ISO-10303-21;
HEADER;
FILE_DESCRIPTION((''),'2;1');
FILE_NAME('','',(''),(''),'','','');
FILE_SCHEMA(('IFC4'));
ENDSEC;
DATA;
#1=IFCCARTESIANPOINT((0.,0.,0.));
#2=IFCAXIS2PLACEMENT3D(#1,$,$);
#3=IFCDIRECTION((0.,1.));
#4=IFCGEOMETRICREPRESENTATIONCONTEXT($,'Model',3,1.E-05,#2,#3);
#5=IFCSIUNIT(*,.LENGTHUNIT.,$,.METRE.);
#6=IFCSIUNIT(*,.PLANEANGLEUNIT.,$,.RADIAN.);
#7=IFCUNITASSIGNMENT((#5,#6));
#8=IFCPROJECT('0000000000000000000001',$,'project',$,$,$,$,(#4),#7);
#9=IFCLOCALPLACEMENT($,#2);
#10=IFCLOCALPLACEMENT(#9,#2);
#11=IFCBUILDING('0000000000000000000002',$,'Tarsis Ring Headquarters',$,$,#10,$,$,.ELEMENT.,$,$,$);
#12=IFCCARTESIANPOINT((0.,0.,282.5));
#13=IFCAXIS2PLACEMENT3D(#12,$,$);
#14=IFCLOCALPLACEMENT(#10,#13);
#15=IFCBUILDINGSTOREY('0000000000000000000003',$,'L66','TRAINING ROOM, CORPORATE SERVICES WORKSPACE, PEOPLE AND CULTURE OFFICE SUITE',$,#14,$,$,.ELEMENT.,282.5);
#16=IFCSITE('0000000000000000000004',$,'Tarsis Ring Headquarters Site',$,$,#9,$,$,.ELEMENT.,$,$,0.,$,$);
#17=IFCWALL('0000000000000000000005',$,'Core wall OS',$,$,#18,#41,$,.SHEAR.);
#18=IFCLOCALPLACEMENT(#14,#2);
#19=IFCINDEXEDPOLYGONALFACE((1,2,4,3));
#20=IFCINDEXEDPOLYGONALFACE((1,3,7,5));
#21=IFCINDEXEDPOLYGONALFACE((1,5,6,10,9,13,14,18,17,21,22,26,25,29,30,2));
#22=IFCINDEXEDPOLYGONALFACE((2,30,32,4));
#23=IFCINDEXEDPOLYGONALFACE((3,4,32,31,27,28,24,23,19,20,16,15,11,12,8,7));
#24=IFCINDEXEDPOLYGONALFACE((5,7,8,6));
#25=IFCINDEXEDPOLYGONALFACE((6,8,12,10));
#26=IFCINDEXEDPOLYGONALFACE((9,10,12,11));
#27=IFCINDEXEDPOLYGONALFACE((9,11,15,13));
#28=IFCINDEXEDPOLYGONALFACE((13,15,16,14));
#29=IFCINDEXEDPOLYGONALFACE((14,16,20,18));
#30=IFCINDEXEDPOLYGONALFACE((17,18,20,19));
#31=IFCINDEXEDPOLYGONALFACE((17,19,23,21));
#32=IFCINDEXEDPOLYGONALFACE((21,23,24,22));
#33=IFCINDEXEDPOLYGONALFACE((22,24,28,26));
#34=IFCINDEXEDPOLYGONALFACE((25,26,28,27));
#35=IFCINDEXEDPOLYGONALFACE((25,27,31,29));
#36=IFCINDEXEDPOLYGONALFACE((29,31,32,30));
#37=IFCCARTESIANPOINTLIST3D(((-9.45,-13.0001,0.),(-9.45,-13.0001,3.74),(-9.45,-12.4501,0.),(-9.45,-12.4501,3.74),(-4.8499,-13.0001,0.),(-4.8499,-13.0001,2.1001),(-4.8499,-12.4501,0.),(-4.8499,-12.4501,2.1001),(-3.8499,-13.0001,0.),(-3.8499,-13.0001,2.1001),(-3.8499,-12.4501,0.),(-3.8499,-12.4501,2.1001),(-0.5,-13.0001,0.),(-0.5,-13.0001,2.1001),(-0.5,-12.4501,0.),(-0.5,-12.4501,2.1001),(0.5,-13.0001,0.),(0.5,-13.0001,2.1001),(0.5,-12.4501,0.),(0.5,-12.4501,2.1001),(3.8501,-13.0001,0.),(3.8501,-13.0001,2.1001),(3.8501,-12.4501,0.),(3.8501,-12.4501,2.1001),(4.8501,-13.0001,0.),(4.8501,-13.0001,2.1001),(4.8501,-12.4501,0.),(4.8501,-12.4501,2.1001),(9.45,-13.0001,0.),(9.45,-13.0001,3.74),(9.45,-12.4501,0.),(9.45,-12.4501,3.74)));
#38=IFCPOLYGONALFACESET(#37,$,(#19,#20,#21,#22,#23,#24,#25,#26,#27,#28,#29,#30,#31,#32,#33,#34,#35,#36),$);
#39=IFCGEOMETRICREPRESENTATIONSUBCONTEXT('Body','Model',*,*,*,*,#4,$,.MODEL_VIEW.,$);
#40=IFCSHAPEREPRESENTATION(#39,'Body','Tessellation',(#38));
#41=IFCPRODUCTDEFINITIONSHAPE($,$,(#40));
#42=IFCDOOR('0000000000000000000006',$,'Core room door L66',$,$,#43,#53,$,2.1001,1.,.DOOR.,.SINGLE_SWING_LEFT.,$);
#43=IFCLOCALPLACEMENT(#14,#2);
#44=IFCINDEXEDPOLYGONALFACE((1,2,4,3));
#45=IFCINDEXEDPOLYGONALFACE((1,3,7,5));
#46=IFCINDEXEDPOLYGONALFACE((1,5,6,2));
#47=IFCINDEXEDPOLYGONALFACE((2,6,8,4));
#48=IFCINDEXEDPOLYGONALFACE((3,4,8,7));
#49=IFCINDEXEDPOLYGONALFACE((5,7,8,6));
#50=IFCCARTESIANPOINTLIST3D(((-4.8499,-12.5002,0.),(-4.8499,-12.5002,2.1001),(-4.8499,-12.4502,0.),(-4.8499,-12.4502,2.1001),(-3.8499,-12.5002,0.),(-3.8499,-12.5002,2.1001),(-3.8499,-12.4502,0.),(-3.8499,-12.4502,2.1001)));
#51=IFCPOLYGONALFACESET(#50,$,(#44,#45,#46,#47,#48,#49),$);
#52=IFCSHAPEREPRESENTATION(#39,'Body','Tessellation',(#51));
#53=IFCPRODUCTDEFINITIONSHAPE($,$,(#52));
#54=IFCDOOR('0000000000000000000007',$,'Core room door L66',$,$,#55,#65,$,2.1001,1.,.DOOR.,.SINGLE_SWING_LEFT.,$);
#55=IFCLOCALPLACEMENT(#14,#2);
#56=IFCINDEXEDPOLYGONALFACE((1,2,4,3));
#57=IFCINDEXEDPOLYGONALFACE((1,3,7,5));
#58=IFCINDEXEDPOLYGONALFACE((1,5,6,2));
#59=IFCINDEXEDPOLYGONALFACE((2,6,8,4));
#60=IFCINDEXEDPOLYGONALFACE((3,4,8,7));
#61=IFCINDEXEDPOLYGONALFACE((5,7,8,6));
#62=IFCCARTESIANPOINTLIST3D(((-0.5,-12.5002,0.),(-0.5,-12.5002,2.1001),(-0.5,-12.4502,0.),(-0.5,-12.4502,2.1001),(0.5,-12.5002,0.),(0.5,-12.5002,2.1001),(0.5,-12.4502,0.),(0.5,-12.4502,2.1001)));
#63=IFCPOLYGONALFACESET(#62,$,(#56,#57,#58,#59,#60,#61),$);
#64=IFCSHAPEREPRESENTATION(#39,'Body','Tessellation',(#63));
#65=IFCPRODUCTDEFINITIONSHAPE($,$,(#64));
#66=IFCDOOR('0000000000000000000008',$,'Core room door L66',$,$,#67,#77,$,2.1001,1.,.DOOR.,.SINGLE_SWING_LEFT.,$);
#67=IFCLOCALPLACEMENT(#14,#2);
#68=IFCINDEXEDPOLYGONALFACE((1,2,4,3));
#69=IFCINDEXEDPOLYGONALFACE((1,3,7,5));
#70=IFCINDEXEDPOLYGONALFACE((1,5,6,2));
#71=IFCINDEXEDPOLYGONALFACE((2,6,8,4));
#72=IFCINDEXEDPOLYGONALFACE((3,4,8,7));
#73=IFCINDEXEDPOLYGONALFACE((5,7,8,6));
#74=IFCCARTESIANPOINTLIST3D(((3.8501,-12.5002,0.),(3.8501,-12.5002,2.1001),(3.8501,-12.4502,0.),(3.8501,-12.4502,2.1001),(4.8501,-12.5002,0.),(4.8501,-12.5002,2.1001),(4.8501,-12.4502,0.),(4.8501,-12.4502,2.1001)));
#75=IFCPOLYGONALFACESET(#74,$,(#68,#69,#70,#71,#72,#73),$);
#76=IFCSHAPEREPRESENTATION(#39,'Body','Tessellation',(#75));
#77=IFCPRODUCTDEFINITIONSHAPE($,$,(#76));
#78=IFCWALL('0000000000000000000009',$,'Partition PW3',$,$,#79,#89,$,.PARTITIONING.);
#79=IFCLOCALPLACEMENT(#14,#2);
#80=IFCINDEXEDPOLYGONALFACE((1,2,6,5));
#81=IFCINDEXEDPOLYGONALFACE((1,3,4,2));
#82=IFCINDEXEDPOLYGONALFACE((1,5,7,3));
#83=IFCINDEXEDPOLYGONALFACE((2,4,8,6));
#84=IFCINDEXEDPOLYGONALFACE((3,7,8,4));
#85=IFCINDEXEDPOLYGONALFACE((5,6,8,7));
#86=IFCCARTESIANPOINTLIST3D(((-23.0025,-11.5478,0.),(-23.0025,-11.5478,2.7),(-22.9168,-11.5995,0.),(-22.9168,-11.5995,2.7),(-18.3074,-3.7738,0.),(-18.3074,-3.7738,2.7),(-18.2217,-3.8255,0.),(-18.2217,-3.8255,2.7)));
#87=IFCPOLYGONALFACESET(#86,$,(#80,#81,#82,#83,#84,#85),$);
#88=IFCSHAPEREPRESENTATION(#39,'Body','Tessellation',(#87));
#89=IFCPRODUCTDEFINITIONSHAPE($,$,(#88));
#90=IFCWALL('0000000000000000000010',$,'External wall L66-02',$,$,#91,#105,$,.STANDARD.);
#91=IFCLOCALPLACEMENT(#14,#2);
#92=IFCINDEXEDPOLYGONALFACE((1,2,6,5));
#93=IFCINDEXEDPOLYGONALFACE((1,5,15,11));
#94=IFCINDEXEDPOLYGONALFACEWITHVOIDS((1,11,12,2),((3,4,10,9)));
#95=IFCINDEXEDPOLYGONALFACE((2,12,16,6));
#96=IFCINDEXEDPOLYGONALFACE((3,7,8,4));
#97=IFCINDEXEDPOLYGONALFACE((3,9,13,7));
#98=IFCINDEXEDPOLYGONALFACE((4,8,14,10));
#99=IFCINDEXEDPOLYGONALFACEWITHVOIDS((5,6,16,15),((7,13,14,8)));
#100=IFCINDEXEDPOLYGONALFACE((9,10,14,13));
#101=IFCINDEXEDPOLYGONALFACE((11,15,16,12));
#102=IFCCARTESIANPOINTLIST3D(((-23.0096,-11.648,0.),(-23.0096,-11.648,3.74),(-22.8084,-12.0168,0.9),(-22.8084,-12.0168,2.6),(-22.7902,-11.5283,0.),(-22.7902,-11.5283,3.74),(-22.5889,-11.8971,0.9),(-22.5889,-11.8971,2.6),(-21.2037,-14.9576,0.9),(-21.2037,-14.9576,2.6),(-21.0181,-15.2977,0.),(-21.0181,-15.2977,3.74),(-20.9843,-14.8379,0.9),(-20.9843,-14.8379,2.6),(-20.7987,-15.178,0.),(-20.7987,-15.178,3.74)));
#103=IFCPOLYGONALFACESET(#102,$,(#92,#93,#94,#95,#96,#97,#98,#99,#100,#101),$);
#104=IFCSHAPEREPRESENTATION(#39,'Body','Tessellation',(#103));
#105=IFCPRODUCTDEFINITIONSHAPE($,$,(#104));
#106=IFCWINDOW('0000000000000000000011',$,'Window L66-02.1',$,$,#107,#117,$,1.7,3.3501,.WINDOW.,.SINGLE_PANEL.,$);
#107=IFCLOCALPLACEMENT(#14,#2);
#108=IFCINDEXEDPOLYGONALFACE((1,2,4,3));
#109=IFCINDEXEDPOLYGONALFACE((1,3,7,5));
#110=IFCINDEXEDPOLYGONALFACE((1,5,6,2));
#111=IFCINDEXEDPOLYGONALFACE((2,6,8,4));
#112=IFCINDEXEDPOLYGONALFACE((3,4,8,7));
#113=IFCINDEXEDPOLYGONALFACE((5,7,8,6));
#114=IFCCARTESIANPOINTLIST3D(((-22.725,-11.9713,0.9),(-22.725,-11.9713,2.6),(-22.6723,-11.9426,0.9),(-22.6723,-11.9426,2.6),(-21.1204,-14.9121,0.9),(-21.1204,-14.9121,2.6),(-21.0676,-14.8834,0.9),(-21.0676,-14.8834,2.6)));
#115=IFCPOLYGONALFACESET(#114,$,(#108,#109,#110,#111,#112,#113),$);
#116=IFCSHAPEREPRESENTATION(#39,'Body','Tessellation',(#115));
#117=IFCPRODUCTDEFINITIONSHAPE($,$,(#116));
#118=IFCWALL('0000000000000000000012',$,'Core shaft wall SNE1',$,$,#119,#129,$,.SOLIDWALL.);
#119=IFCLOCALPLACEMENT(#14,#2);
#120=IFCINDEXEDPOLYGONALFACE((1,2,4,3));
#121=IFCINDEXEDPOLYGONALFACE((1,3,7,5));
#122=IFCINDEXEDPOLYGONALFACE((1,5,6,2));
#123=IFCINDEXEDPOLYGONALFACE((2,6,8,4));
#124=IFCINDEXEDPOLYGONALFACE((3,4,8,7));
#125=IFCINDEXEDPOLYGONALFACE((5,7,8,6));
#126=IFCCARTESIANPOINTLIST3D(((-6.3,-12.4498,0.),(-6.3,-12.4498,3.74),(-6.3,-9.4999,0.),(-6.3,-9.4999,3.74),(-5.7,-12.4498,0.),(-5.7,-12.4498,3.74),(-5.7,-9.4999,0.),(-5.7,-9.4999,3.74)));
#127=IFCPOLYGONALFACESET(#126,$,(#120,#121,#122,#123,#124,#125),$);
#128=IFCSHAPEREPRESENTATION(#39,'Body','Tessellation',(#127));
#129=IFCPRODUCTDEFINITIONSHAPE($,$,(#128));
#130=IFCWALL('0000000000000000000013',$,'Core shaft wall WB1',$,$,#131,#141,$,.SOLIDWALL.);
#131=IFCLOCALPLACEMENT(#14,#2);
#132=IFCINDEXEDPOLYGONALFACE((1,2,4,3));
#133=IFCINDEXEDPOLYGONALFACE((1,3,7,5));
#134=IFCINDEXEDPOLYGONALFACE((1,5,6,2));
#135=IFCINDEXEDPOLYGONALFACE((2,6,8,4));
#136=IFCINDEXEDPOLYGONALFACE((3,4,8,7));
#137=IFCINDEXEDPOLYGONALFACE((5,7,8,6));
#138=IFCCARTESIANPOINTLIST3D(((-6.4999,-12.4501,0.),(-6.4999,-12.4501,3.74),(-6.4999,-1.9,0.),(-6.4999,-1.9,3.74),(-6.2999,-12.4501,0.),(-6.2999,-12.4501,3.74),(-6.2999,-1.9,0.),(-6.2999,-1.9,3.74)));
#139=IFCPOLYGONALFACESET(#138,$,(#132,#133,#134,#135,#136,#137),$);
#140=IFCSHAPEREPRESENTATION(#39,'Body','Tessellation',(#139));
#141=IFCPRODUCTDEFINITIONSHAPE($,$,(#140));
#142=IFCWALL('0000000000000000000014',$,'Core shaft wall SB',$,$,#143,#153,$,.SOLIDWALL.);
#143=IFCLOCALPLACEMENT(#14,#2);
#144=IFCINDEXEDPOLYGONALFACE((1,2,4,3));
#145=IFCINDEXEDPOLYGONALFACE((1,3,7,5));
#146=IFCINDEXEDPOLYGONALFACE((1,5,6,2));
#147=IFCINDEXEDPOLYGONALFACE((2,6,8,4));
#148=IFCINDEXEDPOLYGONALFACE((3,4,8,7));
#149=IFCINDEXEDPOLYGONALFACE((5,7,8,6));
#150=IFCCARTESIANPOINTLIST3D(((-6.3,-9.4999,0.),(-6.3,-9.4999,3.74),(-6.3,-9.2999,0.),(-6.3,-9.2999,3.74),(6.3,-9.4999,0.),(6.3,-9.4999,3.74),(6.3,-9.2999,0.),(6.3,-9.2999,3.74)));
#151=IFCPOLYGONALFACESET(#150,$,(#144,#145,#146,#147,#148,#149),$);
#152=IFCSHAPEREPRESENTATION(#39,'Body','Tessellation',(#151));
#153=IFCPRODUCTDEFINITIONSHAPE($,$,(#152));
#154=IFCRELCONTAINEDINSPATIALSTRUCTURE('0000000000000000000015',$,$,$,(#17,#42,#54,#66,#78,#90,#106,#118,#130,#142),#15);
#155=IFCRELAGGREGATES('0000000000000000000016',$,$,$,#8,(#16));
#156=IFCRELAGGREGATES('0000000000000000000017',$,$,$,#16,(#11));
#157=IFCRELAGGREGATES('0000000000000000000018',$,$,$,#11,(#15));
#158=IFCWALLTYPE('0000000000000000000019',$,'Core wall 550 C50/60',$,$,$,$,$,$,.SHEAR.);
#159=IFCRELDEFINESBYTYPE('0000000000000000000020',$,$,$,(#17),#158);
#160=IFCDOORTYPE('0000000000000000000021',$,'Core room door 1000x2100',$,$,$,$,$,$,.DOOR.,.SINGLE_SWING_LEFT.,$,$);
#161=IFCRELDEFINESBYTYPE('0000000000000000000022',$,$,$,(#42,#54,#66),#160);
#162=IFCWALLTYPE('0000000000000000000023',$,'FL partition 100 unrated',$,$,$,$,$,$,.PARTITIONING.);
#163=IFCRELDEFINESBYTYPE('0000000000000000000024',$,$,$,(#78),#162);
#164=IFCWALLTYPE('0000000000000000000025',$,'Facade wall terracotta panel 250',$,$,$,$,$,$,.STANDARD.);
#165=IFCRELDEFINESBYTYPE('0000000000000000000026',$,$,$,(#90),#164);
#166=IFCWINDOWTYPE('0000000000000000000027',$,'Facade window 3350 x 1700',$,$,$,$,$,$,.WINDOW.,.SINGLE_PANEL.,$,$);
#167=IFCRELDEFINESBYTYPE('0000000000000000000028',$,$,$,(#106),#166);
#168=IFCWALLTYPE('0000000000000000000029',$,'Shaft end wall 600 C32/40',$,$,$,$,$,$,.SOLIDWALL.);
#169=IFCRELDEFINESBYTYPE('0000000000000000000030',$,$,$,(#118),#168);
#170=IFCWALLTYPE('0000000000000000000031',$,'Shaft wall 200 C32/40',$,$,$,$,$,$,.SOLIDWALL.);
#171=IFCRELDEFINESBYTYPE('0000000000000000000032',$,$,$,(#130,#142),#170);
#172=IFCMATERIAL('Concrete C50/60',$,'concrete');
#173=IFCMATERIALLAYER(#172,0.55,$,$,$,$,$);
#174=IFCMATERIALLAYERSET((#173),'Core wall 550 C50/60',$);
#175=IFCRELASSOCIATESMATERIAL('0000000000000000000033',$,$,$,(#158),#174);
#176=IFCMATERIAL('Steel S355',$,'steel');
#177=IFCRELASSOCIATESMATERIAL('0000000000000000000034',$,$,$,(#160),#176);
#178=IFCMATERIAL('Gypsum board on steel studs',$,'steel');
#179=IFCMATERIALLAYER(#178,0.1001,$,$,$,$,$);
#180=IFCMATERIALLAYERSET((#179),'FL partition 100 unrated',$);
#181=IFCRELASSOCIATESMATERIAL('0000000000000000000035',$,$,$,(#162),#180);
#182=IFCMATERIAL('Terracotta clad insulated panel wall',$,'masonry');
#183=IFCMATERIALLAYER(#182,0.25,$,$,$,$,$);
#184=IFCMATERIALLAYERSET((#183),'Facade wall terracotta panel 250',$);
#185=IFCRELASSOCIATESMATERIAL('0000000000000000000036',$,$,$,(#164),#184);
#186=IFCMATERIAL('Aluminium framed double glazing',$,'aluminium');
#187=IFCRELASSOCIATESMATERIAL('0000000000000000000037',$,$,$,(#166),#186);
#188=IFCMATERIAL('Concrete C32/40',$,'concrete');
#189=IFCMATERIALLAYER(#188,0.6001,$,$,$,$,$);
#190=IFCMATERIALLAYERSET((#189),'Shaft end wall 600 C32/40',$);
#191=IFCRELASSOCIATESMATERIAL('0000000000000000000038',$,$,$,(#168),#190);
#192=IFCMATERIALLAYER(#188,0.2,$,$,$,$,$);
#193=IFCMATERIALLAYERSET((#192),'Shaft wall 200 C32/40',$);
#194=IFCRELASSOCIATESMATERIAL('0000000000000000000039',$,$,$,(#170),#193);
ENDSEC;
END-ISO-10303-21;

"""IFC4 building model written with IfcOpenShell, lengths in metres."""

from ifc_helpers import new_model, si_unit, direction, frame, frame_2d, origin, place, context, subcontext, project, spatial, rectangle, extrude, material, layer, layer_set, type_object, element, fill, save


model = new_model("IFC4")

# Units and contexts
model_context = context("Model", 3, precision=1e-05, world=origin(), true_north=direction((0.0, 1.0)))
body_context = subcontext(model_context, "Body", "Model", "MODEL_VIEW")
ifc_project = project(units=[si_unit("LENGTHUNIT", "METRE"), si_unit("PLANEANGLEUNIT", "RADIAN")], contexts=[model_context])

# Site, building, storey
site_placement = place(None, origin())
site = spatial("IfcSite", under=ifc_project, at=site_placement, Name="Tarsis Ring Headquarters Site", CompositionType="ELEMENT", RefElevation=0.0)
building_placement = place(site_placement, origin())
building = spatial("IfcBuilding", under=site, at=building_placement, Name="Tarsis Ring Headquarters", CompositionType="ELEMENT")
storey_placement = place(building_placement, frame((0.0, 0.0, 282.5)))
storey = spatial("IfcBuildingStorey", under=building, at=storey_placement, Name="L66", Description="TRAINING ROOM, CORPORATE SERVICES WORKSPACE, PEOPLE AND CULTURE OFFICE SUITE", CompositionType="ELEMENT", Elevation=282.5)

# Wall, openings, doors
ifc_material_1 = material(Name="Concrete C50/60", Category="concrete")
ifc_layer_1 = layer(ifc_material_1, 0.55)
ifc_layer_set_1 = layer_set([ifc_layer_1], Name="Core wall 550 C50/60")
wall_type_1 = type_object("IfcWallType", Name="Core wall 550 C50/60", PredefinedType="SHEAR", material=ifc_layer_set_1)
ifc_material_2 = material(Name="Steel S355", Category="steel")
door_type_1 = type_object("IfcDoorType", Name="Core room door 1000x2100", OperationType="SINGLE_SWING_LEFT", PredefinedType="DOOR", material=ifc_material_2)
wall_1_placement = place(storey_placement, frame((-9.45, -12.7251, 0.0), z_axis=(0.0, 0.0, 1.0), x_axis=(1.0, 0.0, 0.0)))
wall_1 = element("IfcWall", 1, at=wall_1_placement, inside=storey, type_object=wall_type_1, Name="Core wall OS", PredefinedType="SHEAR", context=body_context, shape_type="SweptSolid", body=[
    extrude(rectangle(XDim=18.8999, YDim=0.55, at=frame_2d((9.45, 0.0))), origin(), (0.0, 0.0, 1.0), 3.74),
])
opening_1_placement = place(wall_1_placement, frame((4.6001, 0.0, 0.0)))
opening_1 = element("IfcOpeningElement", 2, at=opening_1_placement, cuts=wall_1, PredefinedType="OPENING", context=body_context, shape_type="SweptSolid", body=[
    extrude(rectangle(XDim=1.0, YDim=2.1001, at=frame_2d((0.5, 1.05))), frame((0.0, 0.2849, 0.0), z_axis=(0.0, -1.0, 0.0), x_axis=(1.0, 0.0, 0.0)), (0.0, 0.0, 1.0), 0.5701),
])
opening_2_placement = place(wall_1_placement, frame((8.95, 0.0, 0.0)))
opening_2 = element("IfcOpeningElement", 3, at=opening_2_placement, cuts=wall_1, PredefinedType="OPENING", context=body_context, shape_type="SweptSolid", body=[
    extrude(rectangle(XDim=1.0, YDim=2.1001, at=frame_2d((0.5, 1.05))), frame((0.0, 0.2849, 0.0), z_axis=(0.0, -1.0, 0.0), x_axis=(1.0, 0.0, 0.0)), (0.0, 0.0, 1.0), 0.5701),
])
opening_3_placement = place(wall_1_placement, frame((13.3, 0.0, 0.0)))
opening_3 = element("IfcOpeningElement", 4, at=opening_3_placement, cuts=wall_1, PredefinedType="OPENING", context=body_context, shape_type="SweptSolid", body=[
    extrude(rectangle(XDim=1.0, YDim=2.1001, at=frame_2d((0.5, 1.05))), frame((0.0, 0.2849, 0.0), z_axis=(0.0, -1.0, 0.0), x_axis=(1.0, 0.0, 0.0)), (0.0, 0.0, 1.0), 0.5701),
])
door_1_placement = place(opening_1_placement, origin())
door_1 = element("IfcDoor", 5, at=door_1_placement, inside=storey, type_object=door_type_1, Name="Core room door L66", OperationType="SINGLE_SWING_LEFT", OverallHeight=2.1001, OverallWidth=1.0, PredefinedType="DOOR", context=body_context, shape_type="SweptSolid", body=[
    extrude(rectangle(XDim=1.0, YDim=2.1001, at=frame_2d((0.5, 1.05))), frame((0.0, 0.2749, 0.0), z_axis=(0.0, -1.0, 0.0), x_axis=(1.0, 0.0, 0.0)), (0.0, 0.0, 1.0), 0.05),
])
fill(opening_1, door_1)
door_2_placement = place(opening_2_placement, origin())
door_2 = element("IfcDoor", 6, at=door_2_placement, inside=storey, type_object=door_type_1, Name="Core room door L66", OperationType="SINGLE_SWING_LEFT", OverallHeight=2.1001, OverallWidth=1.0, PredefinedType="DOOR", context=body_context, shape_type="SweptSolid", body=[
    extrude(rectangle(XDim=1.0, YDim=2.1001, at=frame_2d((0.5, 1.05))), frame((0.0, 0.2749, 0.0), z_axis=(0.0, -1.0, 0.0), x_axis=(1.0, 0.0, 0.0)), (0.0, 0.0, 1.0), 0.05),
])
fill(opening_2, door_2)
door_3_placement = place(opening_3_placement, origin())
door_3 = element("IfcDoor", 7, at=door_3_placement, inside=storey, type_object=door_type_1, Name="Core room door L66", OperationType="SINGLE_SWING_LEFT", OverallHeight=2.1001, OverallWidth=1.0, PredefinedType="DOOR", context=body_context, shape_type="SweptSolid", body=[
    extrude(rectangle(XDim=1.0, YDim=2.1001, at=frame_2d((0.5, 1.05))), frame((0.0, 0.2749, 0.0), z_axis=(0.0, -1.0, 0.0), x_axis=(1.0, 0.0, 0.0)), (0.0, 0.0, 1.0), 0.05),
])
fill(opening_3, door_3)

# Wall
ifc_material_3 = material(Name="Gypsum board on steel studs", Category="steel")
ifc_layer_2 = layer(ifc_material_3, 0.1001)
ifc_layer_set_2 = layer_set([ifc_layer_2], Name="FL partition 100 unrated")
wall_type_2 = type_object("IfcWallType", Name="FL partition 100 unrated", PredefinedType="PARTITIONING", material=ifc_layer_set_2)
wall_2_placement = place(storey_placement, frame((-22.9597, -11.5737, 0.0), z_axis=(0.0, 0.0, 1.0), x_axis=(0.51698, 0.855997, 0.0)))
element("IfcWall", 8, at=wall_2_placement, inside=storey, type_object=wall_type_2, Name="Partition PW3", PredefinedType="PARTITIONING", context=body_context, shape_type="SweptSolid", body=[
    extrude(rectangle(XDim=9.0818, YDim=0.1001, at=frame_2d((4.541, 0.0))), origin(), (0.0, 0.0, 1.0), 2.7),
])

# Wall, opening, window
ifc_material_4 = material(Name="Terracotta clad insulated panel wall", Category="masonry")
ifc_layer_3 = layer(ifc_material_4, 0.25)
ifc_layer_set_3 = layer_set([ifc_layer_3], Name="Facade wall terracotta panel 250")
wall_type_3 = type_object("IfcWallType", Name="Facade wall terracotta panel 250", PredefinedType="STANDARD", material=ifc_layer_set_3)
wall_3_placement = place(storey_placement, frame((-22.8999, -11.5881, 0.0), z_axis=(0.0, 0.0, 1.0), x_axis=(0.478988, -0.877822, 0.0)))
wall_3 = element("IfcWall", 9, at=wall_3_placement, inside=storey, type_object=wall_type_3, Name="External wall L66-02", PredefinedType="STANDARD", context=body_context, shape_type="SweptSolid", body=[
    extrude(rectangle(XDim=4.1577, YDim=0.25, at=frame_2d((2.0789, 0.0))), origin(), (0.0, 0.0, 1.0), 3.74),
])
opening_4_placement = place(wall_3_placement, frame((0.4202, 0.0, 0.8999)))
opening_4 = element("IfcOpeningElement", 10, at=opening_4_placement, cuts=wall_3, PredefinedType="OPENING", context=body_context, shape_type="SweptSolid", body=[
    extrude(rectangle(XDim=3.3501, YDim=1.7, at=frame_2d((1.675, 0.8501))), frame((0.0, 0.135, 0.0), z_axis=(0.0, -1.0, 0.0), x_axis=(1.0, 0.0, 0.0)), (0.0, 0.0, 1.0), 0.27),
])
ifc_material_5 = material(Name="Aluminium framed double glazing", Category="aluminium")
window_type = type_object("IfcWindowType", Name="Facade window 3350 x 1700", PartitioningType="SINGLE_PANEL", PredefinedType="WINDOW", material=ifc_material_5)
window_placement = place(opening_4_placement, origin())
window = element("IfcWindow", 11, at=window_placement, inside=storey, type_object=window_type, Name="Window L66-02.1", OverallHeight=1.7, OverallWidth=3.3501, PartitioningType="SINGLE_PANEL", PredefinedType="WINDOW", context=body_context, shape_type="SweptSolid", body=[
    extrude(rectangle(XDim=3.3501, YDim=1.7, at=frame_2d((1.675, 0.8501))), frame((0.0, 0.03, 0.0), z_axis=(0.0, -1.0, 0.0), x_axis=(1.0, 0.0, 0.0)), (0.0, 0.0, 1.0), 0.0601),
])
fill(opening_4, window)

# Walls
ifc_material_6 = material(Name="Concrete C32/40", Category="concrete")
ifc_layer_4 = layer(ifc_material_6, 0.6001)
ifc_layer_set_4 = layer_set([ifc_layer_4], Name="Shaft end wall 600 C32/40")
wall_type_4 = type_object("IfcWallType", Name="Shaft end wall 600 C32/40", PredefinedType="SOLIDWALL", material=ifc_layer_set_4)
wall_4_placement = place(storey_placement, frame((-6.0, -12.45, 0.0), z_axis=(0.0, 0.0, 1.0), x_axis=(0.0, 1.0, 0.0)))
element("IfcWall", 12, at=wall_4_placement, inside=storey, type_object=wall_type_4, Name="Core shaft wall SNE1", PredefinedType="SOLIDWALL", context=body_context, shape_type="SweptSolid", body=[
    extrude(rectangle(XDim=2.95, YDim=0.6001, at=frame_2d((1.4751, 0.0))), origin(), (0.0, 0.0, 1.0), 3.74),
])
ifc_layer_5 = layer(ifc_material_6, 0.2)
ifc_layer_set_5 = layer_set([ifc_layer_5], Name="Shaft wall 200 C32/40")
wall_type_5 = type_object("IfcWallType", Name="Shaft wall 200 C32/40", PredefinedType="SOLIDWALL", material=ifc_layer_set_5)
wall_5_placement = place(storey_placement, frame((-6.3999, -12.45, 0.0), z_axis=(0.0, 0.0, 1.0), x_axis=(0.0, 1.0, 0.0)))
element("IfcWall", 13, at=wall_5_placement, inside=storey, type_object=wall_type_5, Name="Core shaft wall WB1", PredefinedType="SOLIDWALL", context=body_context, shape_type="SweptSolid", body=[
    extrude(rectangle(XDim=10.55, YDim=0.2, at=frame_2d((5.2749, 0.0))), origin(), (0.0, 0.0, 1.0), 3.74),
])
wall_6_placement = place(storey_placement, frame((-6.3, -9.3999, 0.0), z_axis=(0.0, 0.0, 1.0), x_axis=(1.0, 0.0, 0.0)))
element("IfcWall", 14, at=wall_6_placement, inside=storey, type_object=wall_type_5, Name="Core shaft wall SB", PredefinedType="SOLIDWALL", context=body_context, shape_type="SweptSolid", body=[
    extrude(rectangle(XDim=12.6001, YDim=0.2, at=frame_2d((6.3, 0.0))), origin(), (0.0, 0.0, 1.0), 3.74),
])

save(model, "model.ifc")
